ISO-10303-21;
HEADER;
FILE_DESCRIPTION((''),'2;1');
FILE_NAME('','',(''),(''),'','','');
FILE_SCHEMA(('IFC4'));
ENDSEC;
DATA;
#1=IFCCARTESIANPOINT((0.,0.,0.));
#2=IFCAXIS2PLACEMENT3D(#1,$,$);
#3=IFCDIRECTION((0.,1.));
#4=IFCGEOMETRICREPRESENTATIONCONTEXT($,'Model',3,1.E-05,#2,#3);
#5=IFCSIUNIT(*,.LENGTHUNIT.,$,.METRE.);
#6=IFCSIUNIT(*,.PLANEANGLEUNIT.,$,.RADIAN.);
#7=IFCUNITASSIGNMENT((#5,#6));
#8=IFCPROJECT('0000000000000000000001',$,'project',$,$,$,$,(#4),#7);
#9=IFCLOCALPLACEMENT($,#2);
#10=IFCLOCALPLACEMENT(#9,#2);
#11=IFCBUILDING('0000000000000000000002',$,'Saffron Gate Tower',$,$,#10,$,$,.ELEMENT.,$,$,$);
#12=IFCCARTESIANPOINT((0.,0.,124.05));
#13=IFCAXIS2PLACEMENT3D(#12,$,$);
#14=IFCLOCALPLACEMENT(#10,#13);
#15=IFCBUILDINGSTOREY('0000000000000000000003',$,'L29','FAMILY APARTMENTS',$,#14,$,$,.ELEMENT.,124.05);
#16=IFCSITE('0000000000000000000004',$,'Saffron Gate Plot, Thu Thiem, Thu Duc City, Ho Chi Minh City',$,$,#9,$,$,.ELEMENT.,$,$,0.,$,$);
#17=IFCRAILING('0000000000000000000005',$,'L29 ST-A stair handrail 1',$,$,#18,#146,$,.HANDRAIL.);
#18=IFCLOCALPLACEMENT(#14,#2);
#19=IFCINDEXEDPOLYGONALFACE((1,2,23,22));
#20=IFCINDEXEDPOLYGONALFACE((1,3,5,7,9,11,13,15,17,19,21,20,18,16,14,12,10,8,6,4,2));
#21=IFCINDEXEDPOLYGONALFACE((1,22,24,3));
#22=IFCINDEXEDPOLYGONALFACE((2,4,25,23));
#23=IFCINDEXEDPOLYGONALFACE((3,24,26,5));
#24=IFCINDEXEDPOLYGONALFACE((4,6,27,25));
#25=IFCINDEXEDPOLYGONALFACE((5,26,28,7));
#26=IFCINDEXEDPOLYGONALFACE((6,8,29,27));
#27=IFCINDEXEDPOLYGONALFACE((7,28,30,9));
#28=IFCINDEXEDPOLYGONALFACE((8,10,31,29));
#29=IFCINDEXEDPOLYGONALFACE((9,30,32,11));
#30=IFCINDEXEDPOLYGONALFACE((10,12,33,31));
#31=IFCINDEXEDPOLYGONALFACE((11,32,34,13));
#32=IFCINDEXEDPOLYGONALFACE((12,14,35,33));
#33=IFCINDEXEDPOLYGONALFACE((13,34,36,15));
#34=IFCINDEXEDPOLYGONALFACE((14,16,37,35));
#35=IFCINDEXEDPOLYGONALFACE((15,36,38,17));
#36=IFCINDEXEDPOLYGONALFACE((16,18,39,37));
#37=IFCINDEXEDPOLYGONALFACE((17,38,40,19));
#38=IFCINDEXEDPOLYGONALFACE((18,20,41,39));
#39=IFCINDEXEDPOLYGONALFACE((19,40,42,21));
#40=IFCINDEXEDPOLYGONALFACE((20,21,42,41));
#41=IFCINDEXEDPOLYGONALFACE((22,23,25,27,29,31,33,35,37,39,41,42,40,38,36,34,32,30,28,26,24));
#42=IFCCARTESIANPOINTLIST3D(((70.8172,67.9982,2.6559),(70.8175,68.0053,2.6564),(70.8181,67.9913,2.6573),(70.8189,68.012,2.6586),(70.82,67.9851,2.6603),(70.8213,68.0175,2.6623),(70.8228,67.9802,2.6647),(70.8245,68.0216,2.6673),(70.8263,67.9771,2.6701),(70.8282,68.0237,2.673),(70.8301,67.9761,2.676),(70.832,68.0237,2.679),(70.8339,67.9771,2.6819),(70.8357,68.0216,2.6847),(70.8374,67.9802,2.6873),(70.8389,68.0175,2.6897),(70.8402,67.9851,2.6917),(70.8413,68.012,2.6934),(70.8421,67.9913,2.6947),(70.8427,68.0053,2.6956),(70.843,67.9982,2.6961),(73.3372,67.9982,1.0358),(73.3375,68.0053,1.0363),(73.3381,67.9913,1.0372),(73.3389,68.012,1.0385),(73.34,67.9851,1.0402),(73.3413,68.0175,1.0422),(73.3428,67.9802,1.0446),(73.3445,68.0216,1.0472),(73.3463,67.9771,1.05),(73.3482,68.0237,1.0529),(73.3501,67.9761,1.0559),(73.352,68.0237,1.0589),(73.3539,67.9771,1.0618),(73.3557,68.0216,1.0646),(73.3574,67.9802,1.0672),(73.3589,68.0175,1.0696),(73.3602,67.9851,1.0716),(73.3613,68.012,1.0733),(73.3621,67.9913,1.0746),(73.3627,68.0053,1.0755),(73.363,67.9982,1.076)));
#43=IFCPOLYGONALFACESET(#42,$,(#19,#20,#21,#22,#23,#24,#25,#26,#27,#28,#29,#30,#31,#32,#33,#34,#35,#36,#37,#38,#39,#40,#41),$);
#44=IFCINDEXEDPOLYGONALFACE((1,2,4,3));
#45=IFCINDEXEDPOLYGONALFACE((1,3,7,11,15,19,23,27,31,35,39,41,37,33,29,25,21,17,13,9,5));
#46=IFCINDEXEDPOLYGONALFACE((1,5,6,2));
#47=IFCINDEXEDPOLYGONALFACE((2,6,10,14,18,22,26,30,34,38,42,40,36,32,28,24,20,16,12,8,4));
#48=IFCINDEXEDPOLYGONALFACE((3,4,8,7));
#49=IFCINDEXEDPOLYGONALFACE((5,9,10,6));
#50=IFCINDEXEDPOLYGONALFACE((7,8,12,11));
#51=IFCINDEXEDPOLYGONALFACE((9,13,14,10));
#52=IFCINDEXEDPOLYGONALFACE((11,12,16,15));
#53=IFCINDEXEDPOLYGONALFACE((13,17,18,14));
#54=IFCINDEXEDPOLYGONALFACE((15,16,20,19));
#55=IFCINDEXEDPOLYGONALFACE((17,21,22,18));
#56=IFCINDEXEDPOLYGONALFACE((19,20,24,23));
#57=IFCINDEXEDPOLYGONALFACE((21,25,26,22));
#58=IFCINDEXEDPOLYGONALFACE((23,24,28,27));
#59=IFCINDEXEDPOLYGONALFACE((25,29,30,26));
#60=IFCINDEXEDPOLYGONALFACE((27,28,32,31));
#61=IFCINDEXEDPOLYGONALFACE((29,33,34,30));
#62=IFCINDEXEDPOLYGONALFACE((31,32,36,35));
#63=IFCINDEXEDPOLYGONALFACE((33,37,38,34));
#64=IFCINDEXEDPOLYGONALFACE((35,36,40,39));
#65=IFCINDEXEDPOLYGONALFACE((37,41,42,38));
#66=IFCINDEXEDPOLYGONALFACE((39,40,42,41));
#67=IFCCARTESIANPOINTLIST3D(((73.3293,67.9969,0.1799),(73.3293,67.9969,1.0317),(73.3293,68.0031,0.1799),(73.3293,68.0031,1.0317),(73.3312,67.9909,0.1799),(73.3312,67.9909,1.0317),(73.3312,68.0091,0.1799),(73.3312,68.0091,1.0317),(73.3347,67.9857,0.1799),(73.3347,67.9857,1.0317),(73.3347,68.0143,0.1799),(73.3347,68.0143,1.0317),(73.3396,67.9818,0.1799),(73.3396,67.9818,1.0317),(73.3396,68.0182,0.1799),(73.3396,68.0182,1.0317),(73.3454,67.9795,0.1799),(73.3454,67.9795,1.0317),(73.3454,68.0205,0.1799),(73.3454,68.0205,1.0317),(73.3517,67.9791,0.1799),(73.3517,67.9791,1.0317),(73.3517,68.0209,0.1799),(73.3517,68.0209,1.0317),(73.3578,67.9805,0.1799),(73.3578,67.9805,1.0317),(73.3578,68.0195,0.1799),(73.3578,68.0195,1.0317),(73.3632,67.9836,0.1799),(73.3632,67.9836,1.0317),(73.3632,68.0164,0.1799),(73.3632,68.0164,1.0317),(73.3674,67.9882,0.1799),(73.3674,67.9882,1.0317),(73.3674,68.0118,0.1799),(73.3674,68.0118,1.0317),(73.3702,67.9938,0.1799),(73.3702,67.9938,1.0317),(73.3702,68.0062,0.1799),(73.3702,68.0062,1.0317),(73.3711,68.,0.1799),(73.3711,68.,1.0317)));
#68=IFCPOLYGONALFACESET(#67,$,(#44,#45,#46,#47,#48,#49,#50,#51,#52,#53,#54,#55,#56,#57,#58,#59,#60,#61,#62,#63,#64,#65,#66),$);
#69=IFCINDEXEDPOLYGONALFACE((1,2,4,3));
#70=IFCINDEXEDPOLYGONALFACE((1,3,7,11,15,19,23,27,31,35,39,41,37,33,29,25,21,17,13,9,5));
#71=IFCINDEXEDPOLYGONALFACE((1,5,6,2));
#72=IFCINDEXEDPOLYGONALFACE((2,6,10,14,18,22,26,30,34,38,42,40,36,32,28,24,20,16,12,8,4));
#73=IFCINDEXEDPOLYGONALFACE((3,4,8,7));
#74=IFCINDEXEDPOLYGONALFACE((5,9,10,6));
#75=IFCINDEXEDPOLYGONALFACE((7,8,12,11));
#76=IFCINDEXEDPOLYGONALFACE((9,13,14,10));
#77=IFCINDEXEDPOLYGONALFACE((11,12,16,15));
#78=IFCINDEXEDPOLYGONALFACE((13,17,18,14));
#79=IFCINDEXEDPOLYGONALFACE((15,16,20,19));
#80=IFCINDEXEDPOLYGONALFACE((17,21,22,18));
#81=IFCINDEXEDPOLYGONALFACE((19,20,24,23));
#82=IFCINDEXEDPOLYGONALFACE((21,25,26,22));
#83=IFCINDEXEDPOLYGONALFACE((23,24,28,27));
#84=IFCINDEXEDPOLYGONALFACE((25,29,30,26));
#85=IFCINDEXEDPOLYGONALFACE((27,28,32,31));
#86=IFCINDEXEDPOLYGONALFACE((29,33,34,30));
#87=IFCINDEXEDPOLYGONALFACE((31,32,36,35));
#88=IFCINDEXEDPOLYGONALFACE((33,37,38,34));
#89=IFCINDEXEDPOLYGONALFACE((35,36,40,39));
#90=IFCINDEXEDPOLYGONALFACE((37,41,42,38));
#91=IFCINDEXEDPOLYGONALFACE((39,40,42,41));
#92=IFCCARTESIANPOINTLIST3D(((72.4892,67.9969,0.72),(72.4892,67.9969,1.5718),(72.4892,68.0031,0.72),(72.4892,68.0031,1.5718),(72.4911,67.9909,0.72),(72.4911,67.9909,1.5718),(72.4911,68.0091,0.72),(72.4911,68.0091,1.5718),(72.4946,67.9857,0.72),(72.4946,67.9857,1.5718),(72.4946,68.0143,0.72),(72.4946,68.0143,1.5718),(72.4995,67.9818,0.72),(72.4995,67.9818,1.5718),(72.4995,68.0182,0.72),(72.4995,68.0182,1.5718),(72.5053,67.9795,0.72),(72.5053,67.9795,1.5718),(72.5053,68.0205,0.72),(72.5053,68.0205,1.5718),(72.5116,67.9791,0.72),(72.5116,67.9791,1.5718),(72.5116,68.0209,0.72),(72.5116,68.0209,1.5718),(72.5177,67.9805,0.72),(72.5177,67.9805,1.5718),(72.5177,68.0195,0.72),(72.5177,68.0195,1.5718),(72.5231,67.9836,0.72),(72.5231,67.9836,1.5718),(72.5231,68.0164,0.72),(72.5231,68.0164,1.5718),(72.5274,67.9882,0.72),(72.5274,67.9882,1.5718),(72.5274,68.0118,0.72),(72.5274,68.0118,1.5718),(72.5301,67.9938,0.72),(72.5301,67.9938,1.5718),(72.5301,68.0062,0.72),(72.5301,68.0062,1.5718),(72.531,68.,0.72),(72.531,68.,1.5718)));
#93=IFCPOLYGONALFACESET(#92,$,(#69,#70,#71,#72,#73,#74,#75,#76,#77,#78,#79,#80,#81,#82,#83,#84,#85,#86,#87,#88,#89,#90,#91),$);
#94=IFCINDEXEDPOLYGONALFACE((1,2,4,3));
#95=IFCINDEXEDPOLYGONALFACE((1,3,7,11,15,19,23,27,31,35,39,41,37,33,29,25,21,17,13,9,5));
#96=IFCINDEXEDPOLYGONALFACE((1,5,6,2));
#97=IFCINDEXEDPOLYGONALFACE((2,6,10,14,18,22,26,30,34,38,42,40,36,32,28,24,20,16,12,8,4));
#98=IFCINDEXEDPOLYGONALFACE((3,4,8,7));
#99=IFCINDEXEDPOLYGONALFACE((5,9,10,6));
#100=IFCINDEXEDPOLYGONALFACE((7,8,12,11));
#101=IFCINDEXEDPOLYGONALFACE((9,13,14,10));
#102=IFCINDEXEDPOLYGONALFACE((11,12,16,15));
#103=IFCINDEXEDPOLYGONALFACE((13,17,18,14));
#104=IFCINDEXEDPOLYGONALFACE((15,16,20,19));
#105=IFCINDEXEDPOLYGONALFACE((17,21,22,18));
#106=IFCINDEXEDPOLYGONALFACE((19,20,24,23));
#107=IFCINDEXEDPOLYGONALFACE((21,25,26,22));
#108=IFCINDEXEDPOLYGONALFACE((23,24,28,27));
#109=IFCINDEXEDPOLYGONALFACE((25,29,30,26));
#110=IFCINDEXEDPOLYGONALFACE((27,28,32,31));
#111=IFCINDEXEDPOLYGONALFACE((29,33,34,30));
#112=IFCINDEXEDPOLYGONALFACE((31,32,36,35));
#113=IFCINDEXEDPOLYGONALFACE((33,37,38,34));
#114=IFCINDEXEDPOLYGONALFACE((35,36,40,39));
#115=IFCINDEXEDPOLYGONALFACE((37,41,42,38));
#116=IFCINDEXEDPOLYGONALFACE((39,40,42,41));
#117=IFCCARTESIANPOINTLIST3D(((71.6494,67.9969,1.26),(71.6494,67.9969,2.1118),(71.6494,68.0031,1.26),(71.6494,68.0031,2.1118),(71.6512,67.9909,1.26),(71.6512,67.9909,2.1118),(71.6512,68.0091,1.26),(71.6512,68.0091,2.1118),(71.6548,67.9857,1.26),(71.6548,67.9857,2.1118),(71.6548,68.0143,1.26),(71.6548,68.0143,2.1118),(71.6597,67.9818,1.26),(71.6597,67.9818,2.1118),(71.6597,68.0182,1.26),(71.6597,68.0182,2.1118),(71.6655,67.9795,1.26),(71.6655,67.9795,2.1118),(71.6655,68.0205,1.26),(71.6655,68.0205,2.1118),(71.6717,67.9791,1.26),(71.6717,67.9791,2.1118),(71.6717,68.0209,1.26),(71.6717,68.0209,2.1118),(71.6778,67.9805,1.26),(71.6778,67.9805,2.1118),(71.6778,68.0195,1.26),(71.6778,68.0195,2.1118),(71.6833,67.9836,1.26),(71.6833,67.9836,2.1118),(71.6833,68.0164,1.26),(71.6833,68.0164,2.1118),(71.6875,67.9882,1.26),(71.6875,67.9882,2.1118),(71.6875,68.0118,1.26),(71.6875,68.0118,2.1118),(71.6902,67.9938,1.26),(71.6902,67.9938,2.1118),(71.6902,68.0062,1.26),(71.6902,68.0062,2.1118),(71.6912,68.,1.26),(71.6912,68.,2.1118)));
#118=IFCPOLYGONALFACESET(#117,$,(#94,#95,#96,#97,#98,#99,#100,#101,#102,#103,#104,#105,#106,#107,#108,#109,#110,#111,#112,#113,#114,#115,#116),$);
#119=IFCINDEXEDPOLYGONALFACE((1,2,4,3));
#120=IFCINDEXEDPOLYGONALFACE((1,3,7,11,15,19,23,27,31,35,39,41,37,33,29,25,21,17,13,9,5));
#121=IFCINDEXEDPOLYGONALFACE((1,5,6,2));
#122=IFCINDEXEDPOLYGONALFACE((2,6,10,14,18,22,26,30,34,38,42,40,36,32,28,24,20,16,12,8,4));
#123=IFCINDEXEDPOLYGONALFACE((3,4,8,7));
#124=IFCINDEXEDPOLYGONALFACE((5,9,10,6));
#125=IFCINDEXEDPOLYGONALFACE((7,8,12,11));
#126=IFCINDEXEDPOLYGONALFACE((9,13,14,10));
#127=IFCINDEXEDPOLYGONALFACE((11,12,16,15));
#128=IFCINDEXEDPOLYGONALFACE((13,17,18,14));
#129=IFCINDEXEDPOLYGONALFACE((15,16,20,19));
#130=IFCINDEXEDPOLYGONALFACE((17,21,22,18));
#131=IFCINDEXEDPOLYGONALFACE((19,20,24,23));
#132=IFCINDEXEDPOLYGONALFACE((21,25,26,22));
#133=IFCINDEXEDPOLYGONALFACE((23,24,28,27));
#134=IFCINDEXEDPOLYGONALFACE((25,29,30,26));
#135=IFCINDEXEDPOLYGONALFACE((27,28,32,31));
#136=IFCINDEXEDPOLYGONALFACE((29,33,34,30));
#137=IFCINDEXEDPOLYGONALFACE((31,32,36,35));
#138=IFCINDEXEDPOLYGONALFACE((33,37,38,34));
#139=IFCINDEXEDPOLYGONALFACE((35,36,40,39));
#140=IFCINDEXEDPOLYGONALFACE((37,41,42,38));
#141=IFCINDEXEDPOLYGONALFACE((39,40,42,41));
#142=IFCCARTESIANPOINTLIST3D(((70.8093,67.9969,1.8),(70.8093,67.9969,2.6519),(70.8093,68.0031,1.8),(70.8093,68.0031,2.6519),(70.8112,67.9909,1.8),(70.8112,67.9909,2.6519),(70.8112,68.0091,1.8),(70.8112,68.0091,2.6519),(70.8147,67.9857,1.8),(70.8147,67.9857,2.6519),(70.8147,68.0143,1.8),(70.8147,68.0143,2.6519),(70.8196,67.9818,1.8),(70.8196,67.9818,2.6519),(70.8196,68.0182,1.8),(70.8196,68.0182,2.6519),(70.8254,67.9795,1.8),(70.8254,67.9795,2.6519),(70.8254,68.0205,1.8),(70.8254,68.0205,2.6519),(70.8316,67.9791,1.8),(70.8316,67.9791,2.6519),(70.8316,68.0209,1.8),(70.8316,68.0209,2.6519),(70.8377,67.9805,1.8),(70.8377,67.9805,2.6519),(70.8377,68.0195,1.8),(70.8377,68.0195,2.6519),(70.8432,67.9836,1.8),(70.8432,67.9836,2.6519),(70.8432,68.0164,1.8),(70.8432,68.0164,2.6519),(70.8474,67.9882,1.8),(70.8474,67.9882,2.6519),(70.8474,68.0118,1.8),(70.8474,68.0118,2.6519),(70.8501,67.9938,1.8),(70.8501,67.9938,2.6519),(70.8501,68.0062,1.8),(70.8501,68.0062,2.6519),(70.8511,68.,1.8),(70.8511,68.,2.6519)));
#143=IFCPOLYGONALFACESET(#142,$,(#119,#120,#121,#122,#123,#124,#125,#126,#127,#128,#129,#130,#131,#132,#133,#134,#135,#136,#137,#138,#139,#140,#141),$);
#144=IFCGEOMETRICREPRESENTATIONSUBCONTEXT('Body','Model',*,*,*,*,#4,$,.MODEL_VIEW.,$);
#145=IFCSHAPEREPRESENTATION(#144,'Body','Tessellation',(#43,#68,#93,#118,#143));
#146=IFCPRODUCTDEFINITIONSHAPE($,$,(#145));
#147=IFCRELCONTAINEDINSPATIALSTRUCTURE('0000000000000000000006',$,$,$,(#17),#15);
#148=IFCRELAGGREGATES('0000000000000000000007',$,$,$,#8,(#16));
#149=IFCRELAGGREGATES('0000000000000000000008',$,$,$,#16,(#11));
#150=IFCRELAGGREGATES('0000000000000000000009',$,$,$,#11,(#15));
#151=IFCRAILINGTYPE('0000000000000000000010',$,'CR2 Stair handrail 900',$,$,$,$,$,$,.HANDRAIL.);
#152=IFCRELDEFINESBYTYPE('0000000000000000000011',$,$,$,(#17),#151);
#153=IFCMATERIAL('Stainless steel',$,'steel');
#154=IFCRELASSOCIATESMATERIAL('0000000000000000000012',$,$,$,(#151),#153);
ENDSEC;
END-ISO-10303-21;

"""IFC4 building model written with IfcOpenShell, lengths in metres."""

from ifc_helpers import new_model, si_unit, direction, frame, origin, origin_2d, place, context, subcontext, project, spatial, circle, extrude, material, type_object, element, save


model = new_model("IFC4")

# Units and contexts
model_context = context("Model", 3, precision=1e-05, world=origin(), true_north=direction((0.0, 1.0)))
body_context = subcontext(model_context, "Body", "Model", "MODEL_VIEW")
ifc_project = project(units=[si_unit("LENGTHUNIT", "METRE"), si_unit("PLANEANGLEUNIT", "RADIAN")], contexts=[model_context])

# Site, building, storey
site_placement = place(None, origin())
site = spatial("IfcSite", under=ifc_project, at=site_placement, Name="Saffron Gate Plot, Thu Thiem, Thu Duc City, Ho Chi Minh City", CompositionType="ELEMENT", RefElevation=0.0)
building_placement = place(site_placement, origin())
building = spatial("IfcBuilding", under=site, at=building_placement, Name="Saffron Gate Tower", CompositionType="ELEMENT")
storey_placement = place(building_placement, frame((0.0, 0.0, 124.05)))
storey = spatial("IfcBuildingStorey", under=building, at=storey_placement, Name="L29", Description="FAMILY APARTMENTS", CompositionType="ELEMENT", Elevation=124.05)

# Railing
ifc_material_1 = material(Name="Stainless steel", Category="steel")
railing_type = type_object("IfcRailingType", Name="CR2 Stair handrail 900", PredefinedType="HANDRAIL", material=ifc_material_1)
railing_placement = place(storey_placement, frame((73.3501, 68.0, 0.1799)))
element("IfcRailing", 1, at=railing_placement, inside=storey, type_object=railing_type, Name="L29 ST-A stair handrail 1", PredefinedType="HANDRAIL", context=body_context, shape_type="SweptSolid", body=[
    extrude(circle(Radius=0.0239, at=origin_2d()), frame((0.0, 0.0, 0.876), z_axis=(-0.841163, 0.0, 0.540782), x_axis=(0.0, -1.0, 0.0)), (0.0, 0.0, 1.0), 2.9958),
    extrude(circle(Radius=0.021, at=origin_2d()), origin(), (0.0, 0.0, 1.0), 0.8518),
    extrude(circle(Radius=0.021, at=origin_2d()), frame((-0.8401, 0.0, 0.54)), (0.0, 0.0, 1.0), 0.8518),
    extrude(circle(Radius=0.021, at=origin_2d()), frame((-1.6799, 0.0, 1.0801)), (0.0, 0.0, 1.0), 0.8518),
    extrude(circle(Radius=0.021, at=origin_2d()), frame((-2.52, 0.0, 1.6201)), (0.0, 0.0, 1.0), 0.8518),
])

save(model, "model.ifc")
